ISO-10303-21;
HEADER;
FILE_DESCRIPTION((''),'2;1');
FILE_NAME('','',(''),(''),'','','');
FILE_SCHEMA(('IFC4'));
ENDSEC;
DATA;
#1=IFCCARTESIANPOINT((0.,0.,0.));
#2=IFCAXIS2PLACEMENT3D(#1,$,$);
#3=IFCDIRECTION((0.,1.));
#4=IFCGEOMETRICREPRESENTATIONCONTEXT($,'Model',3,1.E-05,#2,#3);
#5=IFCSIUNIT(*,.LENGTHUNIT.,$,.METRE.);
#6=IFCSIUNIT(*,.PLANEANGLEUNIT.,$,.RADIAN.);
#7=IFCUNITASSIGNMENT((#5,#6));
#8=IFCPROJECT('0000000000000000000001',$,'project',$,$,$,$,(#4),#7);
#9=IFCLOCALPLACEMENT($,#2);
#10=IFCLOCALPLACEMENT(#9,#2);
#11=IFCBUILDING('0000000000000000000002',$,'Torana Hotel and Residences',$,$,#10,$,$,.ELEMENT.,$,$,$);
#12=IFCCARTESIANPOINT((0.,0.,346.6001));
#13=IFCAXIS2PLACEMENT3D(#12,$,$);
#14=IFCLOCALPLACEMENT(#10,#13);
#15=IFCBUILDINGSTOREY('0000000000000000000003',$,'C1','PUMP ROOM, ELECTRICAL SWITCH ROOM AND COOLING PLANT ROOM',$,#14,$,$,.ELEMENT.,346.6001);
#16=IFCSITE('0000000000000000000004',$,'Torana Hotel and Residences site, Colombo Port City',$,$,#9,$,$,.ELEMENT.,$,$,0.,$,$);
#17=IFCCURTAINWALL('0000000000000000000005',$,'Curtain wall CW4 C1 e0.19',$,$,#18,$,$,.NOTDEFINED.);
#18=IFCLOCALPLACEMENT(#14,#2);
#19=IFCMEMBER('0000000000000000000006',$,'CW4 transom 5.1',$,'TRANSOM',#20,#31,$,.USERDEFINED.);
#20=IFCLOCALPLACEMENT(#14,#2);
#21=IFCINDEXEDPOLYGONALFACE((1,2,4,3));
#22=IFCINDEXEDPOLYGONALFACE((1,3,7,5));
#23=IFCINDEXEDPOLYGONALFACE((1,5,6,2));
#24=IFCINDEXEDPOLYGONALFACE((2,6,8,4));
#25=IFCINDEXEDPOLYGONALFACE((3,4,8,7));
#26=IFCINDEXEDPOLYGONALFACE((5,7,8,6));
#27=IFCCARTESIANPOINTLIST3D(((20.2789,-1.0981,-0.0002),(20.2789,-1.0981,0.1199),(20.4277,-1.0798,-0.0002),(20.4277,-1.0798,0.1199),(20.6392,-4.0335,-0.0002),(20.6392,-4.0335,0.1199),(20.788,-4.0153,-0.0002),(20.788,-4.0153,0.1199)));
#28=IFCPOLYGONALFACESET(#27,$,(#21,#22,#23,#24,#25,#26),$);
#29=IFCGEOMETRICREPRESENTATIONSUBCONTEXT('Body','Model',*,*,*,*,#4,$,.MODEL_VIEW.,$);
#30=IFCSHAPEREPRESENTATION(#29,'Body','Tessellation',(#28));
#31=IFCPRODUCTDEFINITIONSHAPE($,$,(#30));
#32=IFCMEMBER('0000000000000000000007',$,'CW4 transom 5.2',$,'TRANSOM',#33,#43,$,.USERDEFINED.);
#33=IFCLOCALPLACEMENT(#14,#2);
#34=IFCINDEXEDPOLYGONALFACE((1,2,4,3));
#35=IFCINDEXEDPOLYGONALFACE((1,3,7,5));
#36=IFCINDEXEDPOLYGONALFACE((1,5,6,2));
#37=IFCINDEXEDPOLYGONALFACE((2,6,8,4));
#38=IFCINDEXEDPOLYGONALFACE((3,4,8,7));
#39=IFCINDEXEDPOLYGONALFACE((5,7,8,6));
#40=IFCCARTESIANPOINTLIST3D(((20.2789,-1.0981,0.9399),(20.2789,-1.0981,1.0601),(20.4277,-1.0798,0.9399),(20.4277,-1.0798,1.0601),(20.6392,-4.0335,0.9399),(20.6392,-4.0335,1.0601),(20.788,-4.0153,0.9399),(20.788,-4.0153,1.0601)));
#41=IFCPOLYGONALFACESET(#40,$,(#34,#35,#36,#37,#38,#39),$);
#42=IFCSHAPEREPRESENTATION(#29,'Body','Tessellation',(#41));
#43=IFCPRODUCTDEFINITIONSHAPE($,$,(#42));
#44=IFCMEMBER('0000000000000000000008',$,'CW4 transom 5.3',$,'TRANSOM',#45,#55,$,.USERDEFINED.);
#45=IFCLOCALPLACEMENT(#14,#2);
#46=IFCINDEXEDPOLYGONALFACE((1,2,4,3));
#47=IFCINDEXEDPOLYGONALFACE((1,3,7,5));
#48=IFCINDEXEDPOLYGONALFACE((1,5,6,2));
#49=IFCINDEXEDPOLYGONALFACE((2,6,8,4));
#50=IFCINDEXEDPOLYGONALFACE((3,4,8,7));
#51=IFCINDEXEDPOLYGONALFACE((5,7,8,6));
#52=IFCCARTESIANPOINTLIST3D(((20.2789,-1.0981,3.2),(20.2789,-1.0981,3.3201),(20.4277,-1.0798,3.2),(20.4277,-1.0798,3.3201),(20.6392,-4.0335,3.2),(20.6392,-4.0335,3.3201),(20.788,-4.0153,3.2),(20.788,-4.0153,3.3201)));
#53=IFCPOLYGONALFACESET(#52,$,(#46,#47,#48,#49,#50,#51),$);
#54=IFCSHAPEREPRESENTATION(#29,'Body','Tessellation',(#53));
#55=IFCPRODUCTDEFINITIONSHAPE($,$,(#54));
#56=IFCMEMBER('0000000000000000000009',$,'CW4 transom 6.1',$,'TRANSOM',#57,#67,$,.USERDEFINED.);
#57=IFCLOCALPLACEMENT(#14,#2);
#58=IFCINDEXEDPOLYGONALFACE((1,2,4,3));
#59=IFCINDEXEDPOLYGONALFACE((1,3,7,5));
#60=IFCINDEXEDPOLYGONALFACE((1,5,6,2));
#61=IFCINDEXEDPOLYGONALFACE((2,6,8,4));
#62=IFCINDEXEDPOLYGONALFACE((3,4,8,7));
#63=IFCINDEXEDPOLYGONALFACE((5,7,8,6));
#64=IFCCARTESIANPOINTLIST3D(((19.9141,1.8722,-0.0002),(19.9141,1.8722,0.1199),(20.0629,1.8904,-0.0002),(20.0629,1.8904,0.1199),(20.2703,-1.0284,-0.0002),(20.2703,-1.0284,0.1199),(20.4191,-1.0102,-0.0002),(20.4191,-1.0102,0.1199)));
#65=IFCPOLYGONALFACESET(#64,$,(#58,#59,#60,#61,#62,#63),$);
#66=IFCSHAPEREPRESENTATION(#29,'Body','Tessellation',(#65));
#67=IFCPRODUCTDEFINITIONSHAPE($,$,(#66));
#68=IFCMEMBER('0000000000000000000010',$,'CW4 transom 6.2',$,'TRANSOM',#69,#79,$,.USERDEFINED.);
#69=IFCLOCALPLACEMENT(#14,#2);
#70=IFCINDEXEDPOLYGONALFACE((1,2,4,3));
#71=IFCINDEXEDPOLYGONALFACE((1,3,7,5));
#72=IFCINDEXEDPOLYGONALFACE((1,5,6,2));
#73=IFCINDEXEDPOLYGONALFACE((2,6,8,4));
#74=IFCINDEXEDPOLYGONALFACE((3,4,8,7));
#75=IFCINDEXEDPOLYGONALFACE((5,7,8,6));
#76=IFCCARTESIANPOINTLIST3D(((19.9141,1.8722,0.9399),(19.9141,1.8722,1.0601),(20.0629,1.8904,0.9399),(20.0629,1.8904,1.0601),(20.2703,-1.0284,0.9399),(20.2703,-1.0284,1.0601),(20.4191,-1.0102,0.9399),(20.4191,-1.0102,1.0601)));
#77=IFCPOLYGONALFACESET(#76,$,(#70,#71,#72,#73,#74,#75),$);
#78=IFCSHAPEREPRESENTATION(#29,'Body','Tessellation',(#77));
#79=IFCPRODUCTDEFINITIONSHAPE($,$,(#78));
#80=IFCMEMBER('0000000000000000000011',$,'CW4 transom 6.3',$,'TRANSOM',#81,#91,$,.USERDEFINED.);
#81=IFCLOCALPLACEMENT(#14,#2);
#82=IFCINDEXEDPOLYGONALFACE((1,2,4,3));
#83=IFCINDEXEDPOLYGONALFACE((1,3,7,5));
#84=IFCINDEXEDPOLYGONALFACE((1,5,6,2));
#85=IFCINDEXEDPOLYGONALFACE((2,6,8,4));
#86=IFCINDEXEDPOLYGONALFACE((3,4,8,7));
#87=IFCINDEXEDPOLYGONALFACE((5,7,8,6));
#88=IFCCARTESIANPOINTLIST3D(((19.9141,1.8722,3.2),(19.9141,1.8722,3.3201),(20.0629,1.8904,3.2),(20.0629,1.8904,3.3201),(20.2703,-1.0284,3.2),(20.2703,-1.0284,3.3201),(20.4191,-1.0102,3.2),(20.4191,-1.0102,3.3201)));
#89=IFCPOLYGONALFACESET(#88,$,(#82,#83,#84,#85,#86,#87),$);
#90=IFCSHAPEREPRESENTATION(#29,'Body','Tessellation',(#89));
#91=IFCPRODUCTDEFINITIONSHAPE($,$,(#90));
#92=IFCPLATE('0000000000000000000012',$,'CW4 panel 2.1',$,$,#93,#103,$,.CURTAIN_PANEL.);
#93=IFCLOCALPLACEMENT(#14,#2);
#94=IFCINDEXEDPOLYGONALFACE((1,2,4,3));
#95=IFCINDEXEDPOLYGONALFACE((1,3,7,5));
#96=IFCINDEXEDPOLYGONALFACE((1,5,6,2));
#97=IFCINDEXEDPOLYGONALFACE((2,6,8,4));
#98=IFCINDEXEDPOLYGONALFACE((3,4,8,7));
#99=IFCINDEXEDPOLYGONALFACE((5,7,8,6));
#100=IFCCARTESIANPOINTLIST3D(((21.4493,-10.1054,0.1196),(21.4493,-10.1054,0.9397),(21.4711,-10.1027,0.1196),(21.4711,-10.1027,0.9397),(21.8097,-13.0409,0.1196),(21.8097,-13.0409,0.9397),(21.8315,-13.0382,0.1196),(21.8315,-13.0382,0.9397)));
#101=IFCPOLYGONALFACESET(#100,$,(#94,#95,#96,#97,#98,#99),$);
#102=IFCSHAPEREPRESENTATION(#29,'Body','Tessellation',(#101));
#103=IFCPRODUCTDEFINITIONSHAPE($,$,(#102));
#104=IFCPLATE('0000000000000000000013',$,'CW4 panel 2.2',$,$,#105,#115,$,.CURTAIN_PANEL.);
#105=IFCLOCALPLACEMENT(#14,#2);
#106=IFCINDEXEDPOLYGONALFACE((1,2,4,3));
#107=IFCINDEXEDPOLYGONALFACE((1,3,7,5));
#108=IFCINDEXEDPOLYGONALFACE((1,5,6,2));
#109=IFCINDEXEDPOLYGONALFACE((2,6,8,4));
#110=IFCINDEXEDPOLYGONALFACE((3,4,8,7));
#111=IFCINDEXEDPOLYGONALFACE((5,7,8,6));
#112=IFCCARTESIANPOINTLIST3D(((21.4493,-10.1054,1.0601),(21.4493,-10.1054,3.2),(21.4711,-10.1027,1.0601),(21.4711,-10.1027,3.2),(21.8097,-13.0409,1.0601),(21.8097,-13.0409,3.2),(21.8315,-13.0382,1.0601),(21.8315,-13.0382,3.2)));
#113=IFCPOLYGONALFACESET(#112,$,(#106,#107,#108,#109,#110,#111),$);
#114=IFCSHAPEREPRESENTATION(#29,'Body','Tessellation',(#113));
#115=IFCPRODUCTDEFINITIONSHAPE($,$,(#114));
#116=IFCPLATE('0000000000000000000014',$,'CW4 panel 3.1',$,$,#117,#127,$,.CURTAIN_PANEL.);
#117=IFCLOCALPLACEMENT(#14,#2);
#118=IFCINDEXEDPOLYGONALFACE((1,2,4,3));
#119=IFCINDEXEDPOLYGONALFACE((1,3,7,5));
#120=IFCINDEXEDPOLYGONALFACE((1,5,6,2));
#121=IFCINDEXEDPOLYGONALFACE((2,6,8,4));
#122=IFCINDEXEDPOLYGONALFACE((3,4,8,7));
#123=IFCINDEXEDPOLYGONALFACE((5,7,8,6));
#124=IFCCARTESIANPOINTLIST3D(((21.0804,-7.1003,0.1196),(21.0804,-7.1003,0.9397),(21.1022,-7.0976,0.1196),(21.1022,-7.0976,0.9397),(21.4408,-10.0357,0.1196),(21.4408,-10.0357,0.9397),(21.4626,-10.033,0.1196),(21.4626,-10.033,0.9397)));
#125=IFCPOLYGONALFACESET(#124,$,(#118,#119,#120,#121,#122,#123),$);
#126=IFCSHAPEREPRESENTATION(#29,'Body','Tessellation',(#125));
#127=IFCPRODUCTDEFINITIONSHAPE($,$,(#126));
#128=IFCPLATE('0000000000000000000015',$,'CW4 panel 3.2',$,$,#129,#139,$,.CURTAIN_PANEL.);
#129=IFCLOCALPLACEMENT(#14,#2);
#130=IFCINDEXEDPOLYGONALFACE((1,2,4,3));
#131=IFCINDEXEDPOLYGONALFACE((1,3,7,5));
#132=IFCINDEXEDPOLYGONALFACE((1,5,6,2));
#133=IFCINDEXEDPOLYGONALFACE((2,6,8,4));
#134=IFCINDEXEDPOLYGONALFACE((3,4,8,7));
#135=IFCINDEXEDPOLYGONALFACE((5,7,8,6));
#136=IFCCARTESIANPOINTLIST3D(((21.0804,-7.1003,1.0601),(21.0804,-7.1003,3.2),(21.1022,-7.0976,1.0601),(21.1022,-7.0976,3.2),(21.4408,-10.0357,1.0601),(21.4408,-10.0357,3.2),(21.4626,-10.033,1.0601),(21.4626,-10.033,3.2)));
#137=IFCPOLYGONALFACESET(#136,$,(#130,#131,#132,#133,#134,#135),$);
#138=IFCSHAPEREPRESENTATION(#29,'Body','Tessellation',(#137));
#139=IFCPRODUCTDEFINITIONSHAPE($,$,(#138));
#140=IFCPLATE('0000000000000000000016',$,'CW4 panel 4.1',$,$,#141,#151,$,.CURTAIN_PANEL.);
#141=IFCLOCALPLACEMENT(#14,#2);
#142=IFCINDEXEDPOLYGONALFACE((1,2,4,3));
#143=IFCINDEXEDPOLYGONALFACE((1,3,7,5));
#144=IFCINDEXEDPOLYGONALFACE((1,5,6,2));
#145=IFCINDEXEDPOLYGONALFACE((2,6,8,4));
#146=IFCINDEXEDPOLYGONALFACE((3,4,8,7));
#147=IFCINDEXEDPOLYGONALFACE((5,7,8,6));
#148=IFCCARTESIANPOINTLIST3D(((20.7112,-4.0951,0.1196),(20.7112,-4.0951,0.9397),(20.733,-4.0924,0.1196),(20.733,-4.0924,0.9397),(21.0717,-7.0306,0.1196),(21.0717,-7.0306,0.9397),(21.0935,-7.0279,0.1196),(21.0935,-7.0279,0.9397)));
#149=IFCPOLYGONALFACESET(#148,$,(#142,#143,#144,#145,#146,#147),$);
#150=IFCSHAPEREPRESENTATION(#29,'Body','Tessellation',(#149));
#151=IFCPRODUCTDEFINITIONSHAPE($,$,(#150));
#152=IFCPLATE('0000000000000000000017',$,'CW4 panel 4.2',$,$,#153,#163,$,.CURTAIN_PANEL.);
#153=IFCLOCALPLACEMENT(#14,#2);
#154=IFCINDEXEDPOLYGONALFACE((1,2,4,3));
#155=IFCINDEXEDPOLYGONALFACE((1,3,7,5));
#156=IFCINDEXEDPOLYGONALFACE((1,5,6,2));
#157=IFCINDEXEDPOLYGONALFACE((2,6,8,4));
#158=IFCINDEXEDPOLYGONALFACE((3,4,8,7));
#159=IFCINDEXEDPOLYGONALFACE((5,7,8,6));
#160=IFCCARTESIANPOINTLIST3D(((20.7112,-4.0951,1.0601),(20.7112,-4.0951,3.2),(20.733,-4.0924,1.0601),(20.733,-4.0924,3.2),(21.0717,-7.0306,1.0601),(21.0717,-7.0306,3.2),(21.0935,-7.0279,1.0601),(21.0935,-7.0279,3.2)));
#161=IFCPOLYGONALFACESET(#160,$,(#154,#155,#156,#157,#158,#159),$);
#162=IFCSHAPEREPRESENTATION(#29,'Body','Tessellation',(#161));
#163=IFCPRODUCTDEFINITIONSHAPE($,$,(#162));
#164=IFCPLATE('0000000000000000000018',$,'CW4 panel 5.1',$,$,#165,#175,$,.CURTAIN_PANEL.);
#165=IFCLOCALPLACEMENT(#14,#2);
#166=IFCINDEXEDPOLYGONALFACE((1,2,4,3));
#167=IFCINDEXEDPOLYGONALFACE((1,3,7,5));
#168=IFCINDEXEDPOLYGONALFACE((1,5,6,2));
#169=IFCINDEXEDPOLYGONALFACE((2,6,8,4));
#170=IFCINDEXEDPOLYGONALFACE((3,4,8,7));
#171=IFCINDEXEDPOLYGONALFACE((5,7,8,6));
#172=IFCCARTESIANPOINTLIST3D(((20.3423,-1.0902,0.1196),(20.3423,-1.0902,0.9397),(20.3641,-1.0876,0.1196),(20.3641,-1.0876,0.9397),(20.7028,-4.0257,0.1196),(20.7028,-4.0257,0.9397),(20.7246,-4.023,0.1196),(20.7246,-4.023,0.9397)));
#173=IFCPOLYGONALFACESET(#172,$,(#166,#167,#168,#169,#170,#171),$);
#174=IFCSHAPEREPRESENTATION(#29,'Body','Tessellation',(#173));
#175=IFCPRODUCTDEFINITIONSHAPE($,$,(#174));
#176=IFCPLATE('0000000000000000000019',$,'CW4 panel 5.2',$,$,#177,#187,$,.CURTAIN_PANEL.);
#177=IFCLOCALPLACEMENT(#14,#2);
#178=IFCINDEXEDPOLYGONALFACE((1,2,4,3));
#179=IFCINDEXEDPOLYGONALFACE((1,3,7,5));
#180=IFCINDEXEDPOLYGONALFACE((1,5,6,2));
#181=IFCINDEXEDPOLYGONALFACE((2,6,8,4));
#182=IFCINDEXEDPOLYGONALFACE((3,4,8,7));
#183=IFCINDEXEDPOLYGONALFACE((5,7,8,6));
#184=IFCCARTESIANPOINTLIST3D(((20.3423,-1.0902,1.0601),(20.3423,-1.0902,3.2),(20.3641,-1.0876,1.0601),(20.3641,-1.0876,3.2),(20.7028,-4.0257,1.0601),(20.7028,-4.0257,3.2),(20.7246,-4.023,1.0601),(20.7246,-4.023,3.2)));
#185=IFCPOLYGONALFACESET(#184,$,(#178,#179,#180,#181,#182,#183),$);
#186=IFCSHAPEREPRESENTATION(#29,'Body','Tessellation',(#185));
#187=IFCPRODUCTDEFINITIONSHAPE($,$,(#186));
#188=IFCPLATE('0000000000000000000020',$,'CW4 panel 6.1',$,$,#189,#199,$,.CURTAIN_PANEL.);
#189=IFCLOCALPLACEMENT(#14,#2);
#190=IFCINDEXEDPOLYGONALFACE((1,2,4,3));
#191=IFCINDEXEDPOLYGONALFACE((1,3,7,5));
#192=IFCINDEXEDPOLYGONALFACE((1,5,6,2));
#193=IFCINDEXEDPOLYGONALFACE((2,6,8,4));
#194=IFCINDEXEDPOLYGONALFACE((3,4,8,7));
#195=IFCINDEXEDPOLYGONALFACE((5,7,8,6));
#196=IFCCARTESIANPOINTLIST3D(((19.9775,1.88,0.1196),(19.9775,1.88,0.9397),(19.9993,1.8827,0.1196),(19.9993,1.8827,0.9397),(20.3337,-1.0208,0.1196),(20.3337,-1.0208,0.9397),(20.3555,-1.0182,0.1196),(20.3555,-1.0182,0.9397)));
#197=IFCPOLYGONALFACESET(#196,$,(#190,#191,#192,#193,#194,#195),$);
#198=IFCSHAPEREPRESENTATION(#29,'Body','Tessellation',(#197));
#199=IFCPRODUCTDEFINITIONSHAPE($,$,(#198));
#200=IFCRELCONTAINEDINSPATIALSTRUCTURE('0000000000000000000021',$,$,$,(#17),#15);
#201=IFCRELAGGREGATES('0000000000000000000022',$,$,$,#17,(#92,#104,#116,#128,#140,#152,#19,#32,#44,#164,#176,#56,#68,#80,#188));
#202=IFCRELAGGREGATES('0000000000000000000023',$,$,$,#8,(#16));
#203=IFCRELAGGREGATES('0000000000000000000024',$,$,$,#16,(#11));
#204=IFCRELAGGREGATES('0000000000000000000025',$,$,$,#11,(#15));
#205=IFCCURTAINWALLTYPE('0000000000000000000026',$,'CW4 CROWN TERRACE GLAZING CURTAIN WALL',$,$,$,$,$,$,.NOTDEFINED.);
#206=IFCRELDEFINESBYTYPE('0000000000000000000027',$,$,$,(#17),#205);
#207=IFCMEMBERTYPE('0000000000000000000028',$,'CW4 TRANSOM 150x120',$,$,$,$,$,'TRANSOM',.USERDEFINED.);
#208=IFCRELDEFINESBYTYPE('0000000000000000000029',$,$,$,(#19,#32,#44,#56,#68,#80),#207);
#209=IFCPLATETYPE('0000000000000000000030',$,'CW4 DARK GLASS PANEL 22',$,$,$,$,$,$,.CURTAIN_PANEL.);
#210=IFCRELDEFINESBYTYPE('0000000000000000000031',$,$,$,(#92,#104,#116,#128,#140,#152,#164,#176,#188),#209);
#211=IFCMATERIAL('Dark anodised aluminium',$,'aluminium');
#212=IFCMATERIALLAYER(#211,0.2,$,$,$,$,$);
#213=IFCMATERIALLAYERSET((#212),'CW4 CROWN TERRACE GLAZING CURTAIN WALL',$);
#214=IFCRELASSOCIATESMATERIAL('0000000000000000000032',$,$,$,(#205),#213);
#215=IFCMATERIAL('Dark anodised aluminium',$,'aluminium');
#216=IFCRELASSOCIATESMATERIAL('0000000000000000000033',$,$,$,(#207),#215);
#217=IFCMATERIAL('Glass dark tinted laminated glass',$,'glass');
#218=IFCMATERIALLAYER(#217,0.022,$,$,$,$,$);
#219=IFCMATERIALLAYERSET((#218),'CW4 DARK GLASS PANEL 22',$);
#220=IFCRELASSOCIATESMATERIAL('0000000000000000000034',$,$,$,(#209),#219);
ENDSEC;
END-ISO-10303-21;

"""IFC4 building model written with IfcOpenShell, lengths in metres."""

from ifc_helpers import new_model, si_unit, direction, frame, origin, origin_2d, place, context, subcontext, project, spatial, rectangle, extrude, material, layer, layer_set, material_profile, profile_set, type_object, element, aggregate, save


model = new_model("IFC4")

# Units and contexts
model_context = context("Model", 3, precision=1e-05, world=origin(), true_north=direction((0.0, 1.0)))
body_context = subcontext(model_context, "Body", "Model", "MODEL_VIEW")
ifc_project = project(units=[si_unit("LENGTHUNIT", "METRE"), si_unit("PLANEANGLEUNIT", "RADIAN")], contexts=[model_context])

# Site, building, storey
site_placement = place(None, origin())
site = spatial("IfcSite", under=ifc_project, at=site_placement, Name="Torana Hotel and Residences site, Colombo Port City", CompositionType="ELEMENT", RefElevation=0.0)
building_placement = place(site_placement, origin())
building = spatial("IfcBuilding", under=site, at=building_placement, Name="Torana Hotel and Residences", CompositionType="ELEMENT")
storey_placement = place(building_placement, frame((0.0, 0.0, 346.6001)))
storey = spatial("IfcBuildingStorey", under=building, at=storey_placement, Name="C1", Description="PUMP ROOM, ELECTRICAL SWITCH ROOM AND COOLING PLANT ROOM", CompositionType="ELEMENT", Elevation=346.6001)

# Curtain wall, members, plates
ifc_material_1 = material(Name="Dark anodised aluminium", Category="aluminium")
ifc_layer_1 = layer(ifc_material_1, 0.2)
ifc_layer_set_1 = layer_set([ifc_layer_1], Name="CW4 CROWN TERRACE GLAZING CURTAIN WALL")
curtain_wall_type = type_object("IfcCurtainWallType", Name="CW4 CROWN TERRACE GLAZING CURTAIN WALL", PredefinedType="NOTDEFINED", material=ifc_layer_set_1)
curtain_wall_placement = place(storey_placement, origin())
curtain_wall = element("IfcCurtainWall", 1, at=curtain_wall_placement, inside=storey, type_object=curtain_wall_type, Name="Curtain wall CW4 C1 e0.19", PredefinedType="NOTDEFINED")
ifc_material_2 = material(Name="Dark anodised aluminium", Category="aluminium")
ifc_material_profile_1 = material_profile(ifc_material_2, rectangle(XDim=0.1499, YDim=0.1201, at=origin_2d()), Name="CW4 TRANSOM 150x120")
ifc_profile_set_1 = profile_set([ifc_material_profile_1], Name="Dark anodised aluminium")
member_type_1 = type_object("IfcMemberType", Name="CW4 TRANSOM 150x120", ElementType="TRANSOM", PredefinedType="USERDEFINED", material=ifc_profile_set_1)
member_1_placement = place(storey_placement, frame((20.7136, -4.0244, 0.0598), z_axis=(-0.12184, 0.99255, 0.0), x_axis=(-0.99255, -0.12184, 0.0)))
member_1 = element("IfcMember", 2, at=member_1_placement, type_object=member_type_1, Name="CW4 transom 5.1", ObjectType="TRANSOM", PredefinedType="USERDEFINED", context=body_context, shape_type="SweptSolid", body=[
    extrude(rectangle(XDim=0.1499, YDim=0.1201, at=origin_2d()), origin(), (0.0, 0.0, 1.0), 2.9575),
])
member_2_placement = place(storey_placement, frame((20.7136, -4.0244, 1.0), z_axis=(-0.12184, 0.99255, 0.0), x_axis=(-0.99255, -0.12184, 0.0)))
member_2 = element("IfcMember", 3, at=member_2_placement, type_object=member_type_1, Name="CW4 transom 5.2", ObjectType="TRANSOM", PredefinedType="USERDEFINED", context=body_context, shape_type="SweptSolid", body=[
    extrude(rectangle(XDim=0.1499, YDim=0.1201, at=origin_2d()), origin(), (0.0, 0.0, 1.0), 2.9575),
])
member_3_placement = place(storey_placement, frame((20.7136, -4.0244, 3.26), z_axis=(-0.12184, 0.99255, 0.0), x_axis=(-0.99255, -0.12184, 0.0)))
member_3 = element("IfcMember", 4, at=member_3_placement, type_object=member_type_1, Name="CW4 transom 5.3", ObjectType="TRANSOM", PredefinedType="USERDEFINED", context=body_context, shape_type="SweptSolid", body=[
    extrude(rectangle(XDim=0.1499, YDim=0.1201, at=origin_2d()), origin(), (0.0, 0.0, 1.0), 2.9575),
])
member_4_placement = place(storey_placement, frame((20.3447, -1.0193, 0.0598), z_axis=(-0.121886, 0.992544, 0.0), x_axis=(-0.992544, -0.121886, 0.0)))
member_4 = element("IfcMember", 5, at=member_4_placement, type_object=member_type_1, Name="CW4 transom 6.1", ObjectType="TRANSOM", PredefinedType="USERDEFINED", context=body_context, shape_type="SweptSolid", body=[
    extrude(rectangle(XDim=0.1499, YDim=0.1201, at=origin_2d()), origin(), (0.0, 0.0, 1.0), 2.9224),
])
member_5_placement = place(storey_placement, frame((20.3447, -1.0193, 1.0), z_axis=(-0.121886, 0.992544, 0.0), x_axis=(-0.992544, -0.121886, 0.0)))
member_5 = element("IfcMember", 6, at=member_5_placement, type_object=member_type_1, Name="CW4 transom 6.2", ObjectType="TRANSOM", PredefinedType="USERDEFINED", context=body_context, shape_type="SweptSolid", body=[
    extrude(rectangle(XDim=0.1499, YDim=0.1201, at=origin_2d()), origin(), (0.0, 0.0, 1.0), 2.9224),
])
member_6_placement = place(storey_placement, frame((20.3447, -1.0193, 3.26), z_axis=(-0.121886, 0.992544, 0.0), x_axis=(-0.992544, -0.121886, 0.0)))
member_6 = element("IfcMember", 7, at=member_6_placement, type_object=member_type_1, Name="CW4 transom 6.3", ObjectType="TRANSOM", PredefinedType="USERDEFINED", context=body_context, shape_type="SweptSolid", body=[
    extrude(rectangle(XDim=0.1499, YDim=0.1201, at=origin_2d()), origin(), (0.0, 0.0, 1.0), 2.9224),
])
ifc_material_3 = material(Name="Glass dark tinted laminated glass", Category="glass")
ifc_layer_2 = layer(ifc_material_3, 0.022)
ifc_layer_set_2 = layer_set([ifc_layer_2], Name="CW4 DARK GLASS PANEL 22")
plate_type = type_object("IfcPlateType", Name="CW4 DARK GLASS PANEL 22", PredefinedType="CURTAIN_PANEL", material=ifc_layer_set_2)
plate_1_placement = place(storey_placement, frame((21.6404, -11.5718, 0.1196), z_axis=(0.0, 0.0, 1.0), x_axis=(-0.121868, 0.992546, 0.0)))
plate_1 = element("IfcPlate", 8, at=plate_1_placement, type_object=plate_type, Name="CW4 panel 2.1", PredefinedType="CURTAIN_PANEL", context=body_context, shape_type="SweptSolid", body=[
    extrude(rectangle(XDim=2.9575, YDim=0.022, at=origin_2d()), origin(), (0.0, 0.0, 1.0), 0.8201),
])
plate_2_placement = place(storey_placement, frame((21.6404, -11.5718, 1.0601), z_axis=(0.0, 0.0, 1.0), x_axis=(-0.121868, 0.992546, 0.0)))
plate_2 = element("IfcPlate", 9, at=plate_2_placement, type_object=plate_type, Name="CW4 panel 2.2", PredefinedType="CURTAIN_PANEL", context=body_context, shape_type="SweptSolid", body=[
    extrude(rectangle(XDim=2.9575, YDim=0.022, at=origin_2d()), origin(), (0.0, 0.0, 1.0), 2.1399),
])
plate_3_placement = place(storey_placement, frame((21.2715, -8.5667, 0.1196), z_axis=(0.0, 0.0, 1.0), x_axis=(-0.121868, 0.992546, 0.0)))
plate_3 = element("IfcPlate", 10, at=plate_3_placement, type_object=plate_type, Name="CW4 panel 3.1", PredefinedType="CURTAIN_PANEL", context=body_context, shape_type="SweptSolid", body=[
    extrude(rectangle(XDim=2.9575, YDim=0.022, at=origin_2d()), origin(), (0.0, 0.0, 1.0), 0.8201),
])
plate_4_placement = place(storey_placement, frame((21.2715, -8.5667, 1.0601), z_axis=(0.0, 0.0, 1.0), x_axis=(-0.121868, 0.992546, 0.0)))
plate_4 = element("IfcPlate", 11, at=plate_4_placement, type_object=plate_type, Name="CW4 panel 3.2", PredefinedType="CURTAIN_PANEL", context=body_context, shape_type="SweptSolid", body=[
    extrude(rectangle(XDim=2.9575, YDim=0.022, at=origin_2d()), origin(), (0.0, 0.0, 1.0), 2.1399),
])
plate_5_placement = place(storey_placement, frame((20.9023, -5.5615, 0.1196), z_axis=(0.0, 0.0, 1.0), x_axis=(-0.121868, 0.992546, 0.0)))
plate_5 = element("IfcPlate", 12, at=plate_5_placement, type_object=plate_type, Name="CW4 panel 4.1", PredefinedType="CURTAIN_PANEL", context=body_context, shape_type="SweptSolid", body=[
    extrude(rectangle(XDim=2.9575, YDim=0.022, at=origin_2d()), origin(), (0.0, 0.0, 1.0), 0.8201),
])
plate_6_placement = place(storey_placement, frame((20.9023, -5.5615, 1.0601), z_axis=(0.0, 0.0, 1.0), x_axis=(-0.121868, 0.992546, 0.0)))
plate_6 = element("IfcPlate", 13, at=plate_6_placement, type_object=plate_type, Name="CW4 panel 4.2", PredefinedType="CURTAIN_PANEL", context=body_context, shape_type="SweptSolid", body=[
    extrude(rectangle(XDim=2.9575, YDim=0.022, at=origin_2d()), origin(), (0.0, 0.0, 1.0), 2.1399),
])
plate_7_placement = place(storey_placement, frame((20.5334, -2.5566, 0.1196), z_axis=(0.0, 0.0, 1.0), x_axis=(-0.121868, 0.992546, 0.0)))
plate_7 = element("IfcPlate", 14, at=plate_7_placement, type_object=plate_type, Name="CW4 panel 5.1", PredefinedType="CURTAIN_PANEL", context=body_context, shape_type="SweptSolid", body=[
    extrude(rectangle(XDim=2.9575, YDim=0.022, at=origin_2d()), origin(), (0.0, 0.0, 1.0), 0.8201),
])
plate_8_placement = place(storey_placement, frame((20.5334, -2.5566, 1.0601), z_axis=(0.0, 0.0, 1.0), x_axis=(-0.121868, 0.992546, 0.0)))
plate_8 = element("IfcPlate", 15, at=plate_8_placement, type_object=plate_type, Name="CW4 panel 5.2", PredefinedType="CURTAIN_PANEL", context=body_context, shape_type="SweptSolid", body=[
    extrude(rectangle(XDim=2.9575, YDim=0.022, at=origin_2d()), origin(), (0.0, 0.0, 1.0), 2.1399),
])
plate_9_placement = place(storey_placement, frame((20.1665, 0.4309, 0.1196), z_axis=(0.0, 0.0, 1.0), x_axis=(-0.121868, 0.992546, 0.0)))
plate_9 = element("IfcPlate", 16, at=plate_9_placement, type_object=plate_type, Name="CW4 panel 6.1", PredefinedType="CURTAIN_PANEL", context=body_context, shape_type="SweptSolid", body=[
    extrude(rectangle(XDim=2.9226, YDim=0.022, at=origin_2d()), origin(), (0.0, 0.0, 1.0), 0.8201),
])
aggregate(curtain_wall, [plate_1, plate_2, plate_3, plate_4, plate_5, plate_6, member_1, member_2, member_3, plate_7, plate_8, member_4, member_5, member_6, plate_9])

save(model, "model.ifc")
